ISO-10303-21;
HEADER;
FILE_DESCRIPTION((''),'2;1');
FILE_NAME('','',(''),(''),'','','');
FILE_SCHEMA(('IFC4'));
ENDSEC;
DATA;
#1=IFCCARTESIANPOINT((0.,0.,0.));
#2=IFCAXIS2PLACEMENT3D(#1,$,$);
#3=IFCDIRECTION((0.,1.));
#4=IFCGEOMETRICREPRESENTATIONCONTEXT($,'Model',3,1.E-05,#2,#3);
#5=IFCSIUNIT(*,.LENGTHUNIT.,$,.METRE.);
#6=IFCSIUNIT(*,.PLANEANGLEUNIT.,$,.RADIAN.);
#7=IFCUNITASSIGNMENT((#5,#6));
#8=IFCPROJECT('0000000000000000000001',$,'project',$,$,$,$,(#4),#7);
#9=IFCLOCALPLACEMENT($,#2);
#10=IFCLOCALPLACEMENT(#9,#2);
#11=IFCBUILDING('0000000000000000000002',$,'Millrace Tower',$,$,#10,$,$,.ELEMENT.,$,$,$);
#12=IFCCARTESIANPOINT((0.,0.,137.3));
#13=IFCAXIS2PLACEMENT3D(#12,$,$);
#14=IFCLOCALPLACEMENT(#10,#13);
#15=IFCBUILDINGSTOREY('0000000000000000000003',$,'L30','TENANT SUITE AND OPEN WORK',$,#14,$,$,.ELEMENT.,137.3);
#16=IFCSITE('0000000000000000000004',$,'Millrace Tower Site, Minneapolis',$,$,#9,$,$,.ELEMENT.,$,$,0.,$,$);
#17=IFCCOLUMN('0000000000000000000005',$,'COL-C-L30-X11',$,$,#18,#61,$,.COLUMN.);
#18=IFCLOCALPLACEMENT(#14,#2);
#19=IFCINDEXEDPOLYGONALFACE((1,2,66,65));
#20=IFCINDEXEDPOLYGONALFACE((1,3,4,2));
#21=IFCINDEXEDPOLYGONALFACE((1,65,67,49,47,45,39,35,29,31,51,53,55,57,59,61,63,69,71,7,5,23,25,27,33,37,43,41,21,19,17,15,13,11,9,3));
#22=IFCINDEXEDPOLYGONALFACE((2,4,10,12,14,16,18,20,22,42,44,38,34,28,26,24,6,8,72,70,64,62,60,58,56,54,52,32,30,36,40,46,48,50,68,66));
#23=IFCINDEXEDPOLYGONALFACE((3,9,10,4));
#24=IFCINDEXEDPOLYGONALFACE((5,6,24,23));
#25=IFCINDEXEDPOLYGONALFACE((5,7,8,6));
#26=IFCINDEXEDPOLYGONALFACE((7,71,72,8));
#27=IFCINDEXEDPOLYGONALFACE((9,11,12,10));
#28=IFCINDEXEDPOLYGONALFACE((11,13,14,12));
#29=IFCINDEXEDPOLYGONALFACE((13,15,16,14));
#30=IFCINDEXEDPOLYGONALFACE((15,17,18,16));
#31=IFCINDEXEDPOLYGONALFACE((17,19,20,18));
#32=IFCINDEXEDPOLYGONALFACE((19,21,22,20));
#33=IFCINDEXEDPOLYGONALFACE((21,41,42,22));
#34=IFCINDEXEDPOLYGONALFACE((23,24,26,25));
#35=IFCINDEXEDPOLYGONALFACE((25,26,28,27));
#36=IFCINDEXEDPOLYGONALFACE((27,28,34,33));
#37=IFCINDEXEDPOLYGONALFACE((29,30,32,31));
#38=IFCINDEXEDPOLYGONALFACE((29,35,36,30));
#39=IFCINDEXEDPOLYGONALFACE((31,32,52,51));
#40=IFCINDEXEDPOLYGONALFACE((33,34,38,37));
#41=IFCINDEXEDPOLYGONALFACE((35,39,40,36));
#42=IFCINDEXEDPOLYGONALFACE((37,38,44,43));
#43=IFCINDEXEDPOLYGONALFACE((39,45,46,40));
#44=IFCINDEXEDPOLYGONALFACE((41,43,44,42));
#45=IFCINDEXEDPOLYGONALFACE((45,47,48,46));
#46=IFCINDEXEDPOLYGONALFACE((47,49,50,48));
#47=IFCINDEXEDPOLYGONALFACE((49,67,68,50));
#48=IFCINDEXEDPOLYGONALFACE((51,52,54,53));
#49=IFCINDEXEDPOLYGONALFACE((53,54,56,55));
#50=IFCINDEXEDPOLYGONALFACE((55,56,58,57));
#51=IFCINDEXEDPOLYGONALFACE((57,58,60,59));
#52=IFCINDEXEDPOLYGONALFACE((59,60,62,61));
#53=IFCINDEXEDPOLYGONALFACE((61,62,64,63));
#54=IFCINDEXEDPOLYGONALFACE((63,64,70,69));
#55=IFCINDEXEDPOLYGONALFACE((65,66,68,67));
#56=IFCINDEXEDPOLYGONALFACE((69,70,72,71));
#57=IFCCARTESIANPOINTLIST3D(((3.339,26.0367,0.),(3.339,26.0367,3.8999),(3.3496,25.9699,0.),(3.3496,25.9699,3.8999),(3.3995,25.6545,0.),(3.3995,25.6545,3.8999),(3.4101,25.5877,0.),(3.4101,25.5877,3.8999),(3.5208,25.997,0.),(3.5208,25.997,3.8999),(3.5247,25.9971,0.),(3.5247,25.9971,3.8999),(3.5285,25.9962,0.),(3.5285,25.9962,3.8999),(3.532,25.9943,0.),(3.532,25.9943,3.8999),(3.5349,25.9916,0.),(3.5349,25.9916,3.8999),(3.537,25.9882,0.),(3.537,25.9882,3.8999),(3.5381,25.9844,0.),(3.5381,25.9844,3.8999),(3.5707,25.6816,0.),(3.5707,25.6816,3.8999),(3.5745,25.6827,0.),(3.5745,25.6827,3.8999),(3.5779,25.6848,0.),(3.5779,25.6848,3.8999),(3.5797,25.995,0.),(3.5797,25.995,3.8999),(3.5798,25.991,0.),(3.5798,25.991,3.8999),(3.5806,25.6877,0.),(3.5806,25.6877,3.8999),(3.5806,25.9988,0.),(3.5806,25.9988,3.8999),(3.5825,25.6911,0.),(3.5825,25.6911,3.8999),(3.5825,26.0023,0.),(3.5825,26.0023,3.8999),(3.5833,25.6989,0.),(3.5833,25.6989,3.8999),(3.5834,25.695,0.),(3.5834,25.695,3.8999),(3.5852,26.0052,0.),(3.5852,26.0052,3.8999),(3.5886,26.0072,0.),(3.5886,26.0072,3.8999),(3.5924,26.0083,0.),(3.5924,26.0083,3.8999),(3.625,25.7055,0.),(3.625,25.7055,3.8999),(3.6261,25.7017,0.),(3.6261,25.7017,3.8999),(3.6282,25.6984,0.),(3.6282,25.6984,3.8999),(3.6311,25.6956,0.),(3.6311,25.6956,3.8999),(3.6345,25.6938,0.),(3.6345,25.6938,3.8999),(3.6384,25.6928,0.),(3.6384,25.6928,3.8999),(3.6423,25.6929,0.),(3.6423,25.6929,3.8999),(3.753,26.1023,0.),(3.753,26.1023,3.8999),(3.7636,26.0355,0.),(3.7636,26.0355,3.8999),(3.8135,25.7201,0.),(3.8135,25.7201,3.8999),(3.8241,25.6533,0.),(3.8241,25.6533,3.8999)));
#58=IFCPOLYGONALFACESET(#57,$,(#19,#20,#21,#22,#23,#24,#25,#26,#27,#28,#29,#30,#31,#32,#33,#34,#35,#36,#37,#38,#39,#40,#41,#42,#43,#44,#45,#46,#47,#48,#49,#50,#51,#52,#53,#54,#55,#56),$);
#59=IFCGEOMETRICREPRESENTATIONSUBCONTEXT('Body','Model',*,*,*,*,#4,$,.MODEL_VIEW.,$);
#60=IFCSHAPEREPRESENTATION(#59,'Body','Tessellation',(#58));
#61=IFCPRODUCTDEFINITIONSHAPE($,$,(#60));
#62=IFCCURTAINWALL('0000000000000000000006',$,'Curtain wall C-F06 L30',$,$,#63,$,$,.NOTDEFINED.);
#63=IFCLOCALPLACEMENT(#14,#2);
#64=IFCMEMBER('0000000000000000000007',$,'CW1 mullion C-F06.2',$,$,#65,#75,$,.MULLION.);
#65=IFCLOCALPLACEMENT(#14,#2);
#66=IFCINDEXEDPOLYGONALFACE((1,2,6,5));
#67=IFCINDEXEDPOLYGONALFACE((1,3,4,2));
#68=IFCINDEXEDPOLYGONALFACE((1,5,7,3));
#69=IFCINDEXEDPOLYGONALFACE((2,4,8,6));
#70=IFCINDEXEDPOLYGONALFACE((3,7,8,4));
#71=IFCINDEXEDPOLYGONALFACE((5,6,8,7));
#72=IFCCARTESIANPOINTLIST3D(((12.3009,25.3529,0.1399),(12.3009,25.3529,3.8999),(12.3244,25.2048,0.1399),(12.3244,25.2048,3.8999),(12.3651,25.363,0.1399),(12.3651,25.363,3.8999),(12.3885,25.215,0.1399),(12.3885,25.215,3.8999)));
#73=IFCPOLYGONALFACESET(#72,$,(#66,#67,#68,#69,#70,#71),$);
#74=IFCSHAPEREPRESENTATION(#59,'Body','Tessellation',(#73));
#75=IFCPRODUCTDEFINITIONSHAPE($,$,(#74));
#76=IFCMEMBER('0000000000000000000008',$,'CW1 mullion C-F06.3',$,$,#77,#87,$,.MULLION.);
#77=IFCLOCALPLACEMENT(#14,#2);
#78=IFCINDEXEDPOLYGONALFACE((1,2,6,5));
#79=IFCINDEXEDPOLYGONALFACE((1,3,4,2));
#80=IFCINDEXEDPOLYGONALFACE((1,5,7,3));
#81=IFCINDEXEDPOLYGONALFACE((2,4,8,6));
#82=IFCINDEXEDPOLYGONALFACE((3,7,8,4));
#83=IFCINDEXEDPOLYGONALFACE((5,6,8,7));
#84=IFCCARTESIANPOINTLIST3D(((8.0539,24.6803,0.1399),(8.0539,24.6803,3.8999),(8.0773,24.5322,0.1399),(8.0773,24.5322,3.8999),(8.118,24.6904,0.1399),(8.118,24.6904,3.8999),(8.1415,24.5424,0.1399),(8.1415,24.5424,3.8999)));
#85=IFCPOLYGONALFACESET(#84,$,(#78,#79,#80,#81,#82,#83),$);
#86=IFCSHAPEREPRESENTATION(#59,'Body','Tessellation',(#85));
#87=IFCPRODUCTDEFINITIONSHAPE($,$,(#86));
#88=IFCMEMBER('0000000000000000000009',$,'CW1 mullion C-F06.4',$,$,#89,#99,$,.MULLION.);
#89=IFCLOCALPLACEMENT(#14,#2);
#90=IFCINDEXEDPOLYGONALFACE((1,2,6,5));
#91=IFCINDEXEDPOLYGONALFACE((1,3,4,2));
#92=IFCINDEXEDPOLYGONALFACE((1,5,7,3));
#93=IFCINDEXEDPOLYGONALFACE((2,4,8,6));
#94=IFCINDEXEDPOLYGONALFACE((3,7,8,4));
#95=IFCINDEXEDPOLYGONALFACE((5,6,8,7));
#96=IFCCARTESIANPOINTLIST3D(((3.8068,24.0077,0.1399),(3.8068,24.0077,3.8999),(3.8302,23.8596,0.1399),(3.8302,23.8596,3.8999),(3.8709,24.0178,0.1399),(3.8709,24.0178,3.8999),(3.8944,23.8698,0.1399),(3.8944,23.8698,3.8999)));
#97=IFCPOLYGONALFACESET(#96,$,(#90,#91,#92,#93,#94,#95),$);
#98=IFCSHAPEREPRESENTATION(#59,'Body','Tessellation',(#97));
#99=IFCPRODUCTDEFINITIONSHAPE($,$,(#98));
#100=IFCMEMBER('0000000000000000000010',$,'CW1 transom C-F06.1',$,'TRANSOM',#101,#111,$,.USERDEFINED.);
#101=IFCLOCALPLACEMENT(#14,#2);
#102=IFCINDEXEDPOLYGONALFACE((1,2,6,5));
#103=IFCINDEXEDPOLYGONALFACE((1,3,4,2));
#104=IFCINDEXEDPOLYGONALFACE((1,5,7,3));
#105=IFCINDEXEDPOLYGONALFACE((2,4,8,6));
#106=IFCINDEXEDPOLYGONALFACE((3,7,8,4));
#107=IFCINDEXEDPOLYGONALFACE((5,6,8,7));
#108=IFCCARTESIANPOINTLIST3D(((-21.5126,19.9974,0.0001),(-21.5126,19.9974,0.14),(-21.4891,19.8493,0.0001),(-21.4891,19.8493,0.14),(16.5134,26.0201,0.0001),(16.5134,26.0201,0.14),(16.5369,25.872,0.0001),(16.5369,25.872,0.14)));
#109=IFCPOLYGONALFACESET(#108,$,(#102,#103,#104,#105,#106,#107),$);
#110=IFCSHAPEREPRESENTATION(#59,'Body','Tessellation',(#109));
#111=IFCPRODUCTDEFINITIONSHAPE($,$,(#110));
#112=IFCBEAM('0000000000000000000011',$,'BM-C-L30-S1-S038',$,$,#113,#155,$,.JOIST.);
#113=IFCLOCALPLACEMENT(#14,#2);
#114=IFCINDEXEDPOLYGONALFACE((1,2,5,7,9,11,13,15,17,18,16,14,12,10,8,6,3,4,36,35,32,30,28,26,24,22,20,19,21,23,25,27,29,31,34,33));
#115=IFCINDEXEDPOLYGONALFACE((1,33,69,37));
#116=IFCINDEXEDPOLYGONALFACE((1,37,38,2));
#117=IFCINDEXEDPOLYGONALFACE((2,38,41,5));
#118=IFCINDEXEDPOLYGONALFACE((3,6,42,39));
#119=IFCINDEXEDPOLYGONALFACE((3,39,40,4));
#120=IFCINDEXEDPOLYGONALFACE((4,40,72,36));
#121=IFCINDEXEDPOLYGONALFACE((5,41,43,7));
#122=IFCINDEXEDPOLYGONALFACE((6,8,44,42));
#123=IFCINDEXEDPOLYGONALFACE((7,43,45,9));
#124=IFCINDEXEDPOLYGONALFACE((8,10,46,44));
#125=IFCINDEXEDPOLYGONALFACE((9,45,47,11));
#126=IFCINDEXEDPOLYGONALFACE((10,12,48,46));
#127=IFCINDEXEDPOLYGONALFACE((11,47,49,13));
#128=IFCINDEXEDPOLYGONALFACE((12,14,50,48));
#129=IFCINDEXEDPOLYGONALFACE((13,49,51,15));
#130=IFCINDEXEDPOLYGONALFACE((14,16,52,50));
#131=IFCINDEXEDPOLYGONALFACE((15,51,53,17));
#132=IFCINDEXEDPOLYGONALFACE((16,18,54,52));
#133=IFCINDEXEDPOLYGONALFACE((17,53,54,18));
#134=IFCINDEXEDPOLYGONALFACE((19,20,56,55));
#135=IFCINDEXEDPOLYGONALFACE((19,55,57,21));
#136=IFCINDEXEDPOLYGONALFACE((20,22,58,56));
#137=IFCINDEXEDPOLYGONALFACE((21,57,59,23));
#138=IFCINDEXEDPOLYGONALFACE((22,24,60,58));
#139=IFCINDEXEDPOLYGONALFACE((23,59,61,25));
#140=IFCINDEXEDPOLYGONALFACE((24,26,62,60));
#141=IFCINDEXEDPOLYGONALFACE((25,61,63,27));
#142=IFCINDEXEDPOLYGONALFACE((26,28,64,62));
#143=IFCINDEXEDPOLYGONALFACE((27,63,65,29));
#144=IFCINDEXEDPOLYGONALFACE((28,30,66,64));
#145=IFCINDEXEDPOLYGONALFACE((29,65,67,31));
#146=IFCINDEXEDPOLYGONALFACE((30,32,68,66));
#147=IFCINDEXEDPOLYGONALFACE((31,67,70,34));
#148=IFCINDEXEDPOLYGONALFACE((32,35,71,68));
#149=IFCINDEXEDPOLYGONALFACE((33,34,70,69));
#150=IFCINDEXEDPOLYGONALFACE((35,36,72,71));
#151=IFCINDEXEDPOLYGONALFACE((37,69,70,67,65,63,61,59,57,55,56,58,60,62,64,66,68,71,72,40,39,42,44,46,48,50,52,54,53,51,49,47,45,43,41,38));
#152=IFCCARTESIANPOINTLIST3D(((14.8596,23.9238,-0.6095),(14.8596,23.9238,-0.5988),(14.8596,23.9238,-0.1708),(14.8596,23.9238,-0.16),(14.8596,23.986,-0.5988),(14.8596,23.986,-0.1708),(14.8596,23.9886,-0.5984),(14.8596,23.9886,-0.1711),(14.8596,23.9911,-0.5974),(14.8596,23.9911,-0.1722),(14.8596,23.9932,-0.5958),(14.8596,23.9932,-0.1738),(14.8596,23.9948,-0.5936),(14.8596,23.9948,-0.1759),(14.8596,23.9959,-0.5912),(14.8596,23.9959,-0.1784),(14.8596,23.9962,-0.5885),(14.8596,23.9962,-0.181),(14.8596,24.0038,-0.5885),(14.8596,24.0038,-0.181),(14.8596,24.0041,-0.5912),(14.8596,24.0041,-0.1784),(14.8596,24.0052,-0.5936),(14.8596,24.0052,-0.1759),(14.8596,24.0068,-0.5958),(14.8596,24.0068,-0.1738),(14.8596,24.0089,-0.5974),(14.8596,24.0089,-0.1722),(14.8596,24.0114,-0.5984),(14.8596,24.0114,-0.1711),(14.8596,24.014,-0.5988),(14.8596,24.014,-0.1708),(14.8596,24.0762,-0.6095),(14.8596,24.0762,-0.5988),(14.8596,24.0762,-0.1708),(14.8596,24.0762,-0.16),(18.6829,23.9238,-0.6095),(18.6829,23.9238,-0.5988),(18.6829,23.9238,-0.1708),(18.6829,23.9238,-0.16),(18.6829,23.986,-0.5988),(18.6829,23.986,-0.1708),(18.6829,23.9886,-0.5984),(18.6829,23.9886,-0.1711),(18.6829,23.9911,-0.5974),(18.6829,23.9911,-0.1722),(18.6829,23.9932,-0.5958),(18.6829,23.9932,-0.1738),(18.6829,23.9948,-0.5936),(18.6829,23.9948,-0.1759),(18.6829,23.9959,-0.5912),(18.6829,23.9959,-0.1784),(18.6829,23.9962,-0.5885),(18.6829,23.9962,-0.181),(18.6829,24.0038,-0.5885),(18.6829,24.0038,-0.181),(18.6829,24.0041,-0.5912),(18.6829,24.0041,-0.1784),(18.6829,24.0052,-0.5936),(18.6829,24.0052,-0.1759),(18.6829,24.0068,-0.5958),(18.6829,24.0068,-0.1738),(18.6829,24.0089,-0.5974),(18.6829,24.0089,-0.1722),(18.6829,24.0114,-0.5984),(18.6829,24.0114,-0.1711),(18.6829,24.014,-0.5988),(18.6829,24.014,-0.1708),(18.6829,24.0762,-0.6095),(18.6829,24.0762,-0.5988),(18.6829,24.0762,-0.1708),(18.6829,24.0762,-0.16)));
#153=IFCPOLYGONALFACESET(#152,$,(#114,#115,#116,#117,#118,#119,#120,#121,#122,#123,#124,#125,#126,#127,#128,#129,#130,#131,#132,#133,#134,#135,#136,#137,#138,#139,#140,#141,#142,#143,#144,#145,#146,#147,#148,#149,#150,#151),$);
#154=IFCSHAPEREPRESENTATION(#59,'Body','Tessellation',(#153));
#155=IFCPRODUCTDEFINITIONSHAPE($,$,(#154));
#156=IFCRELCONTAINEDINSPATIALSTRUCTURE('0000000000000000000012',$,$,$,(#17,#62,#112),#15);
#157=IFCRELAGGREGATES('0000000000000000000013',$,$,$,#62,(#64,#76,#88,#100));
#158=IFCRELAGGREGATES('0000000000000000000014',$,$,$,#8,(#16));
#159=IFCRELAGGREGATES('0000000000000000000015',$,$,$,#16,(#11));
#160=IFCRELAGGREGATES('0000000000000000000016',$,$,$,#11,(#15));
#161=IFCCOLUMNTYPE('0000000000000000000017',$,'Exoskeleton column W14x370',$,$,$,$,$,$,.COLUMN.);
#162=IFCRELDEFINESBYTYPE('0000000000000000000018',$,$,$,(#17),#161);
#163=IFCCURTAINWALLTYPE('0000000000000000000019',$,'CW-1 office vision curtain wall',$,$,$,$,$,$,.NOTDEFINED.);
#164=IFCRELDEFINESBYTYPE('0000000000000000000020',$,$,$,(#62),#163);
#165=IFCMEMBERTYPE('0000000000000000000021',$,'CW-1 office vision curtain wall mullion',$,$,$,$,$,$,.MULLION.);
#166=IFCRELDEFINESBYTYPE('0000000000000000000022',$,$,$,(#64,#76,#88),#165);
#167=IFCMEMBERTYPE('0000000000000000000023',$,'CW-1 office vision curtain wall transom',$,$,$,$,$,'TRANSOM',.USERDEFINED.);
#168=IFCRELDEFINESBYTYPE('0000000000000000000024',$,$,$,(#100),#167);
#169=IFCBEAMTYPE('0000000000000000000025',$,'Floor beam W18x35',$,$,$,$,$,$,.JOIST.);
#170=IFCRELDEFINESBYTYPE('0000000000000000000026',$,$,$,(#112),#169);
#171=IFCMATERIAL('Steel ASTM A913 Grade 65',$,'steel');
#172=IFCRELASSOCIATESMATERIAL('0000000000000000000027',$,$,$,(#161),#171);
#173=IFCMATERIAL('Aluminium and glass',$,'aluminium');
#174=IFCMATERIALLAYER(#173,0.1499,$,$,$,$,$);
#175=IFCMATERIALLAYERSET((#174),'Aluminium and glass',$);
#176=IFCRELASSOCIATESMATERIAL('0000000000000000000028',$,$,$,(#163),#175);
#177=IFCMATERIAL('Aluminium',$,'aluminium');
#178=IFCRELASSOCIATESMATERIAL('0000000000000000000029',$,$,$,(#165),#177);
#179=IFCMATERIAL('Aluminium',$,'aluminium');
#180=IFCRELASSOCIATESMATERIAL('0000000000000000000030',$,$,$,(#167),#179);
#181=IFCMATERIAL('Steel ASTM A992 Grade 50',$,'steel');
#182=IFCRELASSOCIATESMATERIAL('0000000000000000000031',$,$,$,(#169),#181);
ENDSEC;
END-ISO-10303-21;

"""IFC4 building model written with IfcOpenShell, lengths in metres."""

from ifc_helpers import new_model, si_unit, direction, frame, origin, origin_2d, place, context, subcontext, project, spatial, rectangle, i_section, extrude, material, layer, layer_set, material_profile, profile_set, type_object, element, aggregate, save


model = new_model("IFC4")

# Units and contexts
model_context = context("Model", 3, precision=1e-05, world=origin(), true_north=direction((0.0, 1.0)))
body_context = subcontext(model_context, "Body", "Model", "MODEL_VIEW")
ifc_project = project(units=[si_unit("LENGTHUNIT", "METRE"), si_unit("PLANEANGLEUNIT", "RADIAN")], contexts=[model_context])

# Site, building, storey
site_placement = place(None, origin())
site = spatial("IfcSite", under=ifc_project, at=site_placement, Name="Millrace Tower Site, Minneapolis", CompositionType="ELEMENT", RefElevation=0.0)
building_placement = place(site_placement, origin())
building = spatial("IfcBuilding", under=site, at=building_placement, Name="Millrace Tower", CompositionType="ELEMENT")
storey_placement = place(building_placement, frame((0.0, 0.0, 137.3)))
storey = spatial("IfcBuildingStorey", under=building, at=storey_placement, Name="L30", Description="TENANT SUITE AND OPEN WORK", CompositionType="ELEMENT", Elevation=137.3)

# Column
ifc_material_1 = material(Name="Steel ASTM A913 Grade 65", Category="steel")
ifc_material_profile_1 = material_profile(ifc_material_1, i_section(OverallWidth=0.4192, OverallDepth=0.4546, WebThickness=0.0422, FlangeThickness=0.0676, FilletRadius=0.0151, at=origin_2d()))
ifc_profile_set_1 = profile_set([ifc_material_profile_1], Name="Steel ASTM A913 Grade 65")
column_type = type_object("IfcColumnType", Name="Exoskeleton column W14x370", PredefinedType="COLUMN", material=ifc_profile_set_1)
column_placement = place(storey_placement, frame((3.5815, 25.845, 0.0), z_axis=(0.0, 0.0, 1.0), x_axis=(-0.987688, -0.156434, 0.0)))
element("IfcColumn", 1, at=column_placement, inside=storey, type_object=column_type, Name="COL-C-L30-X11", PredefinedType="COLUMN", context=body_context, shape_type="SweptSolid", body=[
    extrude(i_section(OverallWidth=0.4192, OverallDepth=0.4546, WebThickness=0.0422, FlangeThickness=0.0676, FilletRadius=0.0151, at=origin_2d()), origin(), (0.0, 0.0, 1.0), 3.8999),
])

# Curtain wall, members
ifc_material_2 = material(Name="Aluminium and glass", Category="aluminium")
ifc_layer_1 = layer(ifc_material_2, 0.1499)
ifc_layer_set_1 = layer_set([ifc_layer_1], Name="Aluminium and glass")
curtain_wall_type = type_object("IfcCurtainWallType", Name="CW-1 office vision curtain wall", PredefinedType="NOTDEFINED", material=ifc_layer_set_1)
curtain_wall_placement = place(storey_placement, origin())
curtain_wall = element("IfcCurtainWall", 2, at=curtain_wall_placement, inside=storey, type_object=curtain_wall_type, Name="Curtain wall C-F06 L30", PredefinedType="NOTDEFINED")
ifc_material_3 = material(Name="Aluminium", Category="aluminium")
ifc_material_profile_2 = material_profile(ifc_material_3, rectangle(XDim=0.0649, YDim=0.1499, at=origin_2d()))
ifc_profile_set_2 = profile_set([ifc_material_profile_2], Name="Aluminium")
member_type_1 = type_object("IfcMemberType", Name="CW-1 office vision curtain wall mullion", PredefinedType="MULLION", material=ifc_profile_set_2)
member_1_placement = place(storey_placement, frame((12.3447, 25.2839, 0.1399), z_axis=(0.0, 0.0, 1.0), x_axis=(-0.987688, -0.156434, 0.0)))
member_1 = element("IfcMember", 3, at=member_1_placement, type_object=member_type_1, Name="CW1 mullion C-F06.2", PredefinedType="MULLION", context=body_context, shape_type="SweptSolid", body=[
    extrude(rectangle(XDim=0.0649, YDim=0.1499, at=origin_2d()), origin(), (0.0, 0.0, 1.0), 3.76),
])
member_2_placement = place(storey_placement, frame((8.0977, 24.6113, 0.1399), z_axis=(0.0, 0.0, 1.0), x_axis=(-0.987688, -0.156434, 0.0)))
member_2 = element("IfcMember", 4, at=member_2_placement, type_object=member_type_1, Name="CW1 mullion C-F06.3", PredefinedType="MULLION", context=body_context, shape_type="SweptSolid", body=[
    extrude(rectangle(XDim=0.0649, YDim=0.1499, at=origin_2d()), origin(), (0.0, 0.0, 1.0), 3.76),
])
member_3_placement = place(storey_placement, frame((3.8506, 23.9387, 0.1399), z_axis=(0.0, 0.0, 1.0), x_axis=(-0.987688, -0.156434, 0.0)))
member_3 = element("IfcMember", 5, at=member_3_placement, type_object=member_type_1, Name="CW1 mullion C-F06.4", PredefinedType="MULLION", context=body_context, shape_type="SweptSolid", body=[
    extrude(rectangle(XDim=0.0649, YDim=0.1499, at=origin_2d()), origin(), (0.0, 0.0, 1.0), 3.76),
])
ifc_material_4 = material(Name="Aluminium", Category="aluminium")
ifc_material_profile_3 = material_profile(ifc_material_4, rectangle(XDim=0.1499, YDim=0.1399, at=origin_2d()))
ifc_profile_set_3 = profile_set([ifc_material_profile_3], Name="Aluminium")
member_type_2 = type_object("IfcMemberType", Name="CW-1 office vision curtain wall transom", ElementType="TRANSOM", PredefinedType="USERDEFINED", material=ifc_profile_set_3)
member_4_placement = place(storey_placement, frame((16.5251, 25.946, 0.0701), z_axis=(-0.987689, -0.156433, 0.0), x_axis=(0.156433, -0.987689, 0.0)))
member_4 = element("IfcMember", 6, at=member_4_placement, type_object=member_type_2, Name="CW1 transom C-F06.1", ObjectType="TRANSOM", PredefinedType="USERDEFINED", context=body_context, shape_type="SweptSolid", body=[
    extrude(rectangle(XDim=0.1499, YDim=0.1399, at=origin_2d()), origin(), (0.0, 0.0, 1.0), 38.5),
])
aggregate(curtain_wall, [member_1, member_2, member_3, member_4])

# Beam
ifc_material_5 = material(Name="Steel ASTM A992 Grade 50", Category="steel")
ifc_material_profile_4 = material_profile(ifc_material_5, i_section(OverallWidth=0.1523, OverallDepth=0.4495, WebThickness=0.0076, FlangeThickness=0.0107, FilletRadius=0.0103, at=origin_2d()))
ifc_profile_set_4 = profile_set([ifc_material_profile_4], Name="Steel ASTM A992 Grade 50")
beam_type_1 = type_object("IfcBeamType", Name="Floor beam W18x35", PredefinedType="JOIST", material=ifc_profile_set_4)
beam_1_placement = place(storey_placement, frame((14.8596, 24.0, -0.3848), z_axis=(1.0, 0.0, 0.0), x_axis=(0.0, 1.0, 0.0)))
element("IfcBeam", 7, at=beam_1_placement, inside=storey, type_object=beam_type_1, Name="BM-C-L30-S1-S038", PredefinedType="JOIST", context=body_context, shape_type="SweptSolid", body=[
    extrude(i_section(OverallWidth=0.1523, OverallDepth=0.4495, WebThickness=0.0076, FlangeThickness=0.0107, FilletRadius=0.0103, at=origin_2d()), origin(), (0.0, 0.0, 1.0), 3.8232),
])

save(model, "model.ifc")
